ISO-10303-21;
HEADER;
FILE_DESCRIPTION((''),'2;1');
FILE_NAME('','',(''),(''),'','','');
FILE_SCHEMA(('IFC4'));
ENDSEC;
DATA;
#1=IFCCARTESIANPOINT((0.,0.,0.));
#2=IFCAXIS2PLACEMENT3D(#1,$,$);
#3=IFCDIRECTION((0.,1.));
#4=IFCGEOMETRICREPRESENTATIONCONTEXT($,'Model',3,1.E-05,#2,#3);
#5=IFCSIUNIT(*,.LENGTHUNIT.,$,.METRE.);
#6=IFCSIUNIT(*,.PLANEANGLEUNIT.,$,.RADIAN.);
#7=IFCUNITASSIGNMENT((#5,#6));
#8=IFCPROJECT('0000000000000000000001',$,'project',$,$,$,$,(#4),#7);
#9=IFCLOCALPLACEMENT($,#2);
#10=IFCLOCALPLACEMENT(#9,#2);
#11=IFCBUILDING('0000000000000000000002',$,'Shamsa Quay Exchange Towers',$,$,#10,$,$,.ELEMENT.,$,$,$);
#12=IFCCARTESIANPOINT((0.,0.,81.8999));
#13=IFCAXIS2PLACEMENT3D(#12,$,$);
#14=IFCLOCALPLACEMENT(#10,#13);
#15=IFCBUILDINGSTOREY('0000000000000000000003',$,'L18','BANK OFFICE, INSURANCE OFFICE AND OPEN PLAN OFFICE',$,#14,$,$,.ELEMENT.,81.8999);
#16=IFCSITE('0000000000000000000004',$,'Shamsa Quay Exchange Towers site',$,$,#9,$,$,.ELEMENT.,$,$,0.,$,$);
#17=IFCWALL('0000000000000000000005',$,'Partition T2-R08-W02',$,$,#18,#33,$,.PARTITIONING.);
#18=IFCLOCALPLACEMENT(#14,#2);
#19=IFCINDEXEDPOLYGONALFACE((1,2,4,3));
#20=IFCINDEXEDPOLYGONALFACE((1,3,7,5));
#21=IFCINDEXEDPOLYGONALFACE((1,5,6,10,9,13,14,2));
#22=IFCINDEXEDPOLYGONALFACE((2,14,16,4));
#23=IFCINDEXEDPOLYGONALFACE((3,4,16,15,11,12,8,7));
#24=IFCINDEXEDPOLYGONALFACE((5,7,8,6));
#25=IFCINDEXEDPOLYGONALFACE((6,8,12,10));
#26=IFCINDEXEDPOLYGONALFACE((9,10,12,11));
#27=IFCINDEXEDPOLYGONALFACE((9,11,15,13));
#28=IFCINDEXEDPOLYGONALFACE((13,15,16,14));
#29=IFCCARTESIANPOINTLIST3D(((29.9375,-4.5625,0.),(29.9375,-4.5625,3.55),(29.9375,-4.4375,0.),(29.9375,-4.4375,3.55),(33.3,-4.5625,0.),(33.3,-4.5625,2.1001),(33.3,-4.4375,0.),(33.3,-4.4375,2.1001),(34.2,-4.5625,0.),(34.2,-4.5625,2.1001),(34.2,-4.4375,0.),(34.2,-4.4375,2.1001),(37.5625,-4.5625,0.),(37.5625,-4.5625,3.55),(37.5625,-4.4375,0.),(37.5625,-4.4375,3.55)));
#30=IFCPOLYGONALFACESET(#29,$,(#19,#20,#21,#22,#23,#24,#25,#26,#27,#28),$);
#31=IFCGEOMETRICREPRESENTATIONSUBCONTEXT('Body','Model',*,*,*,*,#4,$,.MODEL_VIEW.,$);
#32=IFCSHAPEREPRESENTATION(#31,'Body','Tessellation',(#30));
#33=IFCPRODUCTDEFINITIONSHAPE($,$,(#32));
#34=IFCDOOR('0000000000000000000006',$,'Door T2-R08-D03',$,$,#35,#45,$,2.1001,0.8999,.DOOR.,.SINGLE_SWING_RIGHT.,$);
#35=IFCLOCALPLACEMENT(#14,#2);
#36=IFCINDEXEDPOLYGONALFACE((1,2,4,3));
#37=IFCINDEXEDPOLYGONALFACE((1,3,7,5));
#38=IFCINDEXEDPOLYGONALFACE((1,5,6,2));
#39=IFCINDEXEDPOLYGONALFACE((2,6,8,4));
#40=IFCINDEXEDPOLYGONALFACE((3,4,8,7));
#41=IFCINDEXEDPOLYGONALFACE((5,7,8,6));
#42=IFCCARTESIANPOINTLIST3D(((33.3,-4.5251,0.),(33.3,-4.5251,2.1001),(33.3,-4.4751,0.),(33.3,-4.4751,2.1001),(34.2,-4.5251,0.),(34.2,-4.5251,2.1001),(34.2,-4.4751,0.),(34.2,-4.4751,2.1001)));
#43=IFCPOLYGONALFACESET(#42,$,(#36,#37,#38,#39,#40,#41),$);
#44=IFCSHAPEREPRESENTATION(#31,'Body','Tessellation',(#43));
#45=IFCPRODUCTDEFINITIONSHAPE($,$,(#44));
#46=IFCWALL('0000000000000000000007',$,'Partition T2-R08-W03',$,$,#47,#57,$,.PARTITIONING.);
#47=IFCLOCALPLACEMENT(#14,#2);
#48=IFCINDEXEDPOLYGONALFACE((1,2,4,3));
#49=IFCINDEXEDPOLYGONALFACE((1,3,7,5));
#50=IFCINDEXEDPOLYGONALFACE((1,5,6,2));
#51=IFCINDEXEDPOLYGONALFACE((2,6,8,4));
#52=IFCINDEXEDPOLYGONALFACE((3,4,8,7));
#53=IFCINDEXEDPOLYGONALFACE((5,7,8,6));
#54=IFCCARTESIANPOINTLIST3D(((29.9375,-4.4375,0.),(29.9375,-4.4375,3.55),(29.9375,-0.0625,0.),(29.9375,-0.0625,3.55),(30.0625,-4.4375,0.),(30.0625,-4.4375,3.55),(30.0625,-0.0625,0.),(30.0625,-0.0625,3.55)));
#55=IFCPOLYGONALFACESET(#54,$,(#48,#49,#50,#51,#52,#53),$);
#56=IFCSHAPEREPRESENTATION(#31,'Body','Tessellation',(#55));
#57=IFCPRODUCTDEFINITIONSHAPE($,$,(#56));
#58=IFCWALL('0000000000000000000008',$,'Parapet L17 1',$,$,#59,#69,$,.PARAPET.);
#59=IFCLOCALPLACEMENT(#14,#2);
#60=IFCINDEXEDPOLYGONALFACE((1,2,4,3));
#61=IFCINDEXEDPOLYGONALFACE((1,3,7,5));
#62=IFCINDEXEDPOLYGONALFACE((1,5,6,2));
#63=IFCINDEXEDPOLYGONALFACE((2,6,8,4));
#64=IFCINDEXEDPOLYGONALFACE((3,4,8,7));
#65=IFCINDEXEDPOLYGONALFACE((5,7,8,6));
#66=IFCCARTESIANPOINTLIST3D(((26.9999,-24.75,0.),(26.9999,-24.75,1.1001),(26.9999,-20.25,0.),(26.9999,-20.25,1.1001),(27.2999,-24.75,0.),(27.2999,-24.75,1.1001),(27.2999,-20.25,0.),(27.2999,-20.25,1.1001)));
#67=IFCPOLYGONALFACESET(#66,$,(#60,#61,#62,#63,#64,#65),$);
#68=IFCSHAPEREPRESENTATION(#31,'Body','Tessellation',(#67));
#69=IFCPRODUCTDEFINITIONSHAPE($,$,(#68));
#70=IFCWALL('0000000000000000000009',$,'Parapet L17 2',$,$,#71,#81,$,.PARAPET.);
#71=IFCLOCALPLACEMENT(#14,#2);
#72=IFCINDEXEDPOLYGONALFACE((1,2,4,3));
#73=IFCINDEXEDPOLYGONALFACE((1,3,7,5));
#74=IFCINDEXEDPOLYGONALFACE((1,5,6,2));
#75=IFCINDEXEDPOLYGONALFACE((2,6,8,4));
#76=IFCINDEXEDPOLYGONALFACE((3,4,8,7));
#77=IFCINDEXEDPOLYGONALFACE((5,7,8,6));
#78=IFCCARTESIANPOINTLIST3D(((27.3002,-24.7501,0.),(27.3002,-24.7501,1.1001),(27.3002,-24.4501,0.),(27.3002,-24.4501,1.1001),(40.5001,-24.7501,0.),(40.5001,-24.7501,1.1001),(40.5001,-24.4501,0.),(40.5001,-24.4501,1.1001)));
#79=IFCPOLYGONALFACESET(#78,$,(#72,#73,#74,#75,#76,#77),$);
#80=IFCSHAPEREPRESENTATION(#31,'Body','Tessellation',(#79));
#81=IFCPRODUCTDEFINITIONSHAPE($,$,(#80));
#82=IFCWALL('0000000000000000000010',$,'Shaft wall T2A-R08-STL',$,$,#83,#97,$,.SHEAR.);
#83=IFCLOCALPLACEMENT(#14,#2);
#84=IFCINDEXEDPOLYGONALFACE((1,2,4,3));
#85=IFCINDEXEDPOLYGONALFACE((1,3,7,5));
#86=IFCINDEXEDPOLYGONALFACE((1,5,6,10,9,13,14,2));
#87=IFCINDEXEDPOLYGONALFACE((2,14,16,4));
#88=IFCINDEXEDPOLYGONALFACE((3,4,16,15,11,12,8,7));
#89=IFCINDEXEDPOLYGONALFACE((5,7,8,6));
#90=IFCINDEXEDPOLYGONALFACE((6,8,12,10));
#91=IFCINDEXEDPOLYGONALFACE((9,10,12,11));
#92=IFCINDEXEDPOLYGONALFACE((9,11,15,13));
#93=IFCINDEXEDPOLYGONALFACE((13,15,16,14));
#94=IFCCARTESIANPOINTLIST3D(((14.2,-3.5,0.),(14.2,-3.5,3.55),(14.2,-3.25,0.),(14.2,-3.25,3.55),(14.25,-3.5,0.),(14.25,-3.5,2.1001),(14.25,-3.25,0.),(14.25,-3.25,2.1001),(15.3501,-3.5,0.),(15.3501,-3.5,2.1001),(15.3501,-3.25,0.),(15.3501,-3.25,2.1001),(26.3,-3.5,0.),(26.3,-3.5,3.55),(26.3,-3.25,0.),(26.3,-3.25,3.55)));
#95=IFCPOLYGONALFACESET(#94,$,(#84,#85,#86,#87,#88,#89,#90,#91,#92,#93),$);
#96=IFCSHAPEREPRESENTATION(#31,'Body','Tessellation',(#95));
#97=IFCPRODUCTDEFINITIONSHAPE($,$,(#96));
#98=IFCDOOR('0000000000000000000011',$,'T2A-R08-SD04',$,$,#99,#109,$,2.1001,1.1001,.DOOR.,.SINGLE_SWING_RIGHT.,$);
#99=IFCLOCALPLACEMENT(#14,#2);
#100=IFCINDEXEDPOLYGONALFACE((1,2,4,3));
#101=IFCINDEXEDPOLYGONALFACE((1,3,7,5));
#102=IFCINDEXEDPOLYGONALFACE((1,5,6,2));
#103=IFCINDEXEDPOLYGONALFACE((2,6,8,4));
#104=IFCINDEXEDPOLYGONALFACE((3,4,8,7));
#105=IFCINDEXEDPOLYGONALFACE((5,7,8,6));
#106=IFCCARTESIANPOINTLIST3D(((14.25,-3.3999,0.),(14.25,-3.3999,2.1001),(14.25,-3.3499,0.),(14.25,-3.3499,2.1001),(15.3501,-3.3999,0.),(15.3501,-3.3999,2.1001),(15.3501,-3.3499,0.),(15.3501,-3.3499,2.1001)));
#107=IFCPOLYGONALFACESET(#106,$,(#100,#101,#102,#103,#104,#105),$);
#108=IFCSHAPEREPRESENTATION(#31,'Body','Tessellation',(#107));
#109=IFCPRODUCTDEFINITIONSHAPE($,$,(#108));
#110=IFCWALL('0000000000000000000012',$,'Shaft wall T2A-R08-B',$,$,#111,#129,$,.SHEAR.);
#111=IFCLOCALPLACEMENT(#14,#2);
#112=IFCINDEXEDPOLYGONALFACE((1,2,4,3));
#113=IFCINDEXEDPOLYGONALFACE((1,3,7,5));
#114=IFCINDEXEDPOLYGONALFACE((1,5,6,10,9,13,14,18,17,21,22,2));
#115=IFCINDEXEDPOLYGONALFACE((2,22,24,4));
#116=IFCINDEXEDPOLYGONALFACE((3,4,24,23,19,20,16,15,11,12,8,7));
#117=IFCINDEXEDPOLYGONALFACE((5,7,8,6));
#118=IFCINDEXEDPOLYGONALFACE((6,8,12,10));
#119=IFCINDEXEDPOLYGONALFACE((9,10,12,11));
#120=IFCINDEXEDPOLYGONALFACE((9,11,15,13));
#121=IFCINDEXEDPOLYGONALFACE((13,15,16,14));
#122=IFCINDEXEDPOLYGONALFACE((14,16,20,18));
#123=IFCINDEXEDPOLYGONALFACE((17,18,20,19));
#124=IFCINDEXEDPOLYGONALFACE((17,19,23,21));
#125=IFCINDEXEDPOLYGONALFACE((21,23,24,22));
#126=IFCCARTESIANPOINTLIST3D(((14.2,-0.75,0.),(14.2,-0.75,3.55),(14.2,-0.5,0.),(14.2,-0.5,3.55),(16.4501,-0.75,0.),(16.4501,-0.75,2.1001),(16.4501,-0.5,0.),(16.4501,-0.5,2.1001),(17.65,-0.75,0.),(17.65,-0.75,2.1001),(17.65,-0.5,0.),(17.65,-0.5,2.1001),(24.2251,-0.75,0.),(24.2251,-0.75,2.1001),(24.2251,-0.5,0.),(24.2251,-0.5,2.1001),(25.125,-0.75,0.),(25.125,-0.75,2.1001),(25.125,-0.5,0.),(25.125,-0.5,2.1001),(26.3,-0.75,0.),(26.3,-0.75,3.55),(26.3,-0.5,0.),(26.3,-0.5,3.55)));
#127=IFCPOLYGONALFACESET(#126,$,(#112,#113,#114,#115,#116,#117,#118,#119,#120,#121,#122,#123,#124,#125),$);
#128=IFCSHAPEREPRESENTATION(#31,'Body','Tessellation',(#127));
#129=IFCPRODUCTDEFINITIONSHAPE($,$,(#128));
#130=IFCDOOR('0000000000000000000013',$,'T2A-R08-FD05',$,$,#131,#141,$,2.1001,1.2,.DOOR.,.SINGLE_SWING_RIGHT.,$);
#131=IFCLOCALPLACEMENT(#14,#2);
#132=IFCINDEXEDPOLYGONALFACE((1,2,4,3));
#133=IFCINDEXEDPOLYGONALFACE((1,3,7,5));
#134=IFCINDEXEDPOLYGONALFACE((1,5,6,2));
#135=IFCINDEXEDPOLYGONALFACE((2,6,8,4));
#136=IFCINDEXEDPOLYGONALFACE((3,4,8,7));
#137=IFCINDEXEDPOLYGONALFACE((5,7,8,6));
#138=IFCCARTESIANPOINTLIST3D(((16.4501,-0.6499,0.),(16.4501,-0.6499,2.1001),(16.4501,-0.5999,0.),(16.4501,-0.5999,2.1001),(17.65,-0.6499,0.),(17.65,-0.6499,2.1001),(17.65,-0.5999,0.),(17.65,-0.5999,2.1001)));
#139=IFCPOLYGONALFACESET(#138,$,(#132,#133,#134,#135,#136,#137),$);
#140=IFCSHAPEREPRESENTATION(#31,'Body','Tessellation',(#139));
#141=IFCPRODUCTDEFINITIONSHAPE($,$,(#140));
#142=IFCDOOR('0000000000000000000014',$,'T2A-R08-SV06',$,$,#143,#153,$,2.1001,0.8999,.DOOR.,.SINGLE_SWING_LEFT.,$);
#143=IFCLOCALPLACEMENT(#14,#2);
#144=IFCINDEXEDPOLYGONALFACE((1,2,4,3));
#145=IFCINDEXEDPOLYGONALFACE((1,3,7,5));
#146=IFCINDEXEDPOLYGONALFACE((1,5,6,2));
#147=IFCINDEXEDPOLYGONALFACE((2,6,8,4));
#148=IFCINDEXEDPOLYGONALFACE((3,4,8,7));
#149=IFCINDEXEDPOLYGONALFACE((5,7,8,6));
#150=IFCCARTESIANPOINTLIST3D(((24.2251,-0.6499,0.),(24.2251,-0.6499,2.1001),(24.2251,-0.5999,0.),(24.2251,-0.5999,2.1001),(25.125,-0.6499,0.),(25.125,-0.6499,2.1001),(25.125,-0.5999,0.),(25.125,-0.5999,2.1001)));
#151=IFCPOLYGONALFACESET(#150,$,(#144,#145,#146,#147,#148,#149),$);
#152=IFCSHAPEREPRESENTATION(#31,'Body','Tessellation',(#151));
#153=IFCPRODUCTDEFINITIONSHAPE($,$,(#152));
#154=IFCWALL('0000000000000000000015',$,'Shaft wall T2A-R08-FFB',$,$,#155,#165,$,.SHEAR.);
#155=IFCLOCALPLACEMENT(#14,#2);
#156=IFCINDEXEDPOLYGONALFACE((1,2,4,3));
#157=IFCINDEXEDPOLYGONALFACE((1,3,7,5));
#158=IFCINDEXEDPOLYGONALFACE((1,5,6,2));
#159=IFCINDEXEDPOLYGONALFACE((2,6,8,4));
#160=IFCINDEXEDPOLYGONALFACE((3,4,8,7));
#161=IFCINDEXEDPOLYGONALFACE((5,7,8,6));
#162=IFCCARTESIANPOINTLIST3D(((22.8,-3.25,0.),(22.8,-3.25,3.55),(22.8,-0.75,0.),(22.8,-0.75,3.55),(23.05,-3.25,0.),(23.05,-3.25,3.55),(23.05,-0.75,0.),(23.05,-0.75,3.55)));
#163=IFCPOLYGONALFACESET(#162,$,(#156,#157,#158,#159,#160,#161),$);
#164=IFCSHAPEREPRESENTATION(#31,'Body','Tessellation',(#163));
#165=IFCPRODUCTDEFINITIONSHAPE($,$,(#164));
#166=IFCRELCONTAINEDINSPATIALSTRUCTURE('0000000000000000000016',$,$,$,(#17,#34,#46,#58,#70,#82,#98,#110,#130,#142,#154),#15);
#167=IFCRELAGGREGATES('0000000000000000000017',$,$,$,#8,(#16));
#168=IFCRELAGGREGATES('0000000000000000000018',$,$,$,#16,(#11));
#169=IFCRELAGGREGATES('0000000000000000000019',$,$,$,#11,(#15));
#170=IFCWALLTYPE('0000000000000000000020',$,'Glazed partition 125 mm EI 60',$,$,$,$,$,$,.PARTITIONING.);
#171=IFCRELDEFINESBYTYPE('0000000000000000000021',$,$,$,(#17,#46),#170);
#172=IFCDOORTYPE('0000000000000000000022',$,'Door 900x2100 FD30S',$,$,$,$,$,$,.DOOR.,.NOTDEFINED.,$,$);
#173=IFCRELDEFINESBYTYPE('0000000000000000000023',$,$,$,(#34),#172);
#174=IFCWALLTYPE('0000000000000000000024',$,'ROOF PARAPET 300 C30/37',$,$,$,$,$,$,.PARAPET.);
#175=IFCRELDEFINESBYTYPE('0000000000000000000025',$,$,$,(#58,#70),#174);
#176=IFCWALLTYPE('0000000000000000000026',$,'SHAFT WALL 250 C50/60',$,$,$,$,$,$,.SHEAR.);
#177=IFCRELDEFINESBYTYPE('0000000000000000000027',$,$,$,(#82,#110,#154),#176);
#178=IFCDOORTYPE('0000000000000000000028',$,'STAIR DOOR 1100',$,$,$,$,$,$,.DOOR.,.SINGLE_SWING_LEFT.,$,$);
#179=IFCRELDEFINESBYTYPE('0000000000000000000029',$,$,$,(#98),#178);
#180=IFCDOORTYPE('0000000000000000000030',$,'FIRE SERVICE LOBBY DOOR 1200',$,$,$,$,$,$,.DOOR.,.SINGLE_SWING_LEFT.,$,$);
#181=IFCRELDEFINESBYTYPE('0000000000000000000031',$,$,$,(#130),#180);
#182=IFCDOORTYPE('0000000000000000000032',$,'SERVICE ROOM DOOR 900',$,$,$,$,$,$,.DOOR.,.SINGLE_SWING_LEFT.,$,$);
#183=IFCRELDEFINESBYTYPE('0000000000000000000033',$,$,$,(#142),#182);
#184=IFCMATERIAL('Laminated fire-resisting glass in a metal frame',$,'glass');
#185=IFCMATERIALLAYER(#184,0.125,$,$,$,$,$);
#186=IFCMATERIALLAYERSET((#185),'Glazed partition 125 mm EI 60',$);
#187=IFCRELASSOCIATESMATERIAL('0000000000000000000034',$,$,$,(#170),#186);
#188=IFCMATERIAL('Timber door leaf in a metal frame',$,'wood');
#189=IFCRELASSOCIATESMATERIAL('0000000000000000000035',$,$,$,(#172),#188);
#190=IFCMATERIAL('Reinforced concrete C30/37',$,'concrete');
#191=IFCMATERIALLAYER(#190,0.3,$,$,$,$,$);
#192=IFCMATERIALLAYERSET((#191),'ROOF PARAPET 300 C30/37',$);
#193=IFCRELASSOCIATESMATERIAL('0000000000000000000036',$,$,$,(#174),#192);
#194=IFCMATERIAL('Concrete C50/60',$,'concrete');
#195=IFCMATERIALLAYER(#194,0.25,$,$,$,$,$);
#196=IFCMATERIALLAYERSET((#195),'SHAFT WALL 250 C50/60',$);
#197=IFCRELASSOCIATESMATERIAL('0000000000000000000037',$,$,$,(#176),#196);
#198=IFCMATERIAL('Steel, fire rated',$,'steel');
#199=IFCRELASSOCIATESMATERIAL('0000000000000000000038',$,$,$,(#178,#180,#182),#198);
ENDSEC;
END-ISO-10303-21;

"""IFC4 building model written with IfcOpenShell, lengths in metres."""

from ifc_helpers import new_model, si_unit, direction, frame, frame_2d, origin, place, context, subcontext, project, spatial, rectangle, extrude, material, layer, layer_set, type_object, element, fill, save


model = new_model("IFC4")

# Units and contexts
model_context = context("Model", 3, precision=1e-05, world=origin(), true_north=direction((0.0, 1.0)))
body_context = subcontext(model_context, "Body", "Model", "MODEL_VIEW")
ifc_project = project(units=[si_unit("LENGTHUNIT", "METRE"), si_unit("PLANEANGLEUNIT", "RADIAN")], contexts=[model_context])

# Site, building, storey
site_placement = place(None, origin())
site = spatial("IfcSite", under=ifc_project, at=site_placement, Name="Shamsa Quay Exchange Towers site", CompositionType="ELEMENT", RefElevation=0.0)
building_placement = place(site_placement, origin())
building = spatial("IfcBuilding", under=site, at=building_placement, Name="Shamsa Quay Exchange Towers", CompositionType="ELEMENT")
storey_placement = place(building_placement, frame((0.0, 0.0, 81.8999)))
storey = spatial("IfcBuildingStorey", under=building, at=storey_placement, Name="L18", Description="BANK OFFICE, INSURANCE OFFICE AND OPEN PLAN OFFICE", CompositionType="ELEMENT", Elevation=81.8999)

# Wall, opening, door
ifc_material_1 = material(Name="Laminated fire-resisting glass in a metal frame", Category="glass")
ifc_layer_1 = layer(ifc_material_1, 0.125)
ifc_layer_set_1 = layer_set([ifc_layer_1], Name="Glazed partition 125 mm EI 60")
wall_type_1 = type_object("IfcWallType", Name="Glazed partition 125 mm EI 60", PredefinedType="PARTITIONING", material=ifc_layer_set_1)
wall_1_placement = place(storey_placement, frame((29.9375, -4.5, 0.0)))
wall_1 = element("IfcWall", 1, at=wall_1_placement, inside=storey, type_object=wall_type_1, Name="Partition T2-R08-W02", PredefinedType="PARTITIONING", context=body_context, shape_type="SweptSolid", body=[
    extrude(rectangle(XDim=7.625, YDim=0.125, at=frame_2d((3.8125, 0.0))), origin(), (0.0, 0.0, 1.0), 3.55),
])
opening_1_placement = place(wall_1_placement, frame((3.3625, 0.0, 0.0)))
opening_1 = element("IfcOpeningElement", 2, at=opening_1_placement, cuts=wall_1, PredefinedType="OPENING", context=body_context, shape_type="SweptSolid", body=[
    extrude(rectangle(XDim=0.8999, YDim=2.1001, at=frame_2d((0.45, 1.05))), frame((0.0, 0.0725, 0.0), z_axis=(0.0, -1.0, 0.0), x_axis=(1.0, 0.0, 0.0)), (0.0, 0.0, 1.0), 0.145),
])
ifc_material_2 = material(Name="Timber door leaf in a metal frame", Category="wood")
door_type_1 = type_object("IfcDoorType", Name="Door 900x2100 FD30S", OperationType="NOTDEFINED", PredefinedType="DOOR", material=ifc_material_2)
door_1_placement = place(opening_1_placement, origin())
door_1 = element("IfcDoor", 3, at=door_1_placement, inside=storey, type_object=door_type_1, Name="Door T2-R08-D03", OperationType="SINGLE_SWING_RIGHT", OverallHeight=2.1001, OverallWidth=0.8999, PredefinedType="DOOR", context=body_context, shape_type="SweptSolid", body=[
    extrude(rectangle(XDim=0.8999, YDim=2.1001, at=frame_2d((0.45, 1.05))), frame((0.0, 0.0249, 0.0), z_axis=(0.0, -1.0, 0.0), x_axis=(1.0, 0.0, 0.0)), (0.0, 0.0, 1.0), 0.05),
])
fill(opening_1, door_1)

# Walls
wall_2_placement = place(storey_placement, frame((30.0, -0.0625, 0.0), z_axis=(0.0, 0.0, 1.0), x_axis=(0.0, -1.0, 0.0)))
element("IfcWall", 4, at=wall_2_placement, inside=storey, type_object=wall_type_1, Name="Partition T2-R08-W03", PredefinedType="PARTITIONING", context=body_context, shape_type="SweptSolid", body=[
    extrude(rectangle(XDim=4.375, YDim=0.125, at=frame_2d((2.1875, 0.0))), origin(), (0.0, 0.0, 1.0), 3.55),
])
ifc_material_3 = material(Name="Reinforced concrete C30/37", Category="concrete")
ifc_layer_2 = layer(ifc_material_3, 0.3)
ifc_layer_set_2 = layer_set([ifc_layer_2], Name="ROOF PARAPET 300 C30/37")
wall_type_2 = type_object("IfcWallType", Name="ROOF PARAPET 300 C30/37", PredefinedType="PARAPET", material=ifc_layer_set_2)
wall_3_placement = place(storey_placement, frame((27.1499, -20.25, 0.0), z_axis=(0.0, 0.0, 1.0), x_axis=(0.0, -1.0, 0.0)))
element("IfcWall", 5, at=wall_3_placement, inside=storey, type_object=wall_type_2, Name="Parapet L17 1", PredefinedType="PARAPET", context=body_context, shape_type="SweptSolid", body=[
    extrude(rectangle(XDim=4.5, YDim=0.3, at=frame_2d((2.25, 0.0))), origin(), (0.0, 0.0, 1.0), 1.1001),
])
wall_4_placement = place(storey_placement, frame((27.3, -24.6001, 0.0)))
element("IfcWall", 6, at=wall_4_placement, inside=storey, type_object=wall_type_2, Name="Parapet L17 2", PredefinedType="PARAPET", context=body_context, shape_type="SweptSolid", body=[
    extrude(rectangle(XDim=13.2, YDim=0.3, at=frame_2d((6.6001, 0.0))), origin(), (0.0, 0.0, 1.0), 1.1001),
])

# Wall, opening, door
ifc_material_4 = material(Name="Concrete C50/60", Category="concrete")
ifc_layer_3 = layer(ifc_material_4, 0.25)
ifc_layer_set_3 = layer_set([ifc_layer_3], Name="SHAFT WALL 250 C50/60")
wall_type_3 = type_object("IfcWallType", Name="SHAFT WALL 250 C50/60", PredefinedType="SHEAR", material=ifc_layer_set_3)
wall_5_placement = place(storey_placement, frame((26.3, -3.375, 0.0), z_axis=(0.0, 0.0, 1.0), x_axis=(-1.0, 0.0, 0.0)))
wall_5 = element("IfcWall", 7, at=wall_5_placement, inside=storey, type_object=wall_type_3, Name="Shaft wall T2A-R08-STL", PredefinedType="SHEAR", context=body_context, shape_type="SweptSolid", body=[
    extrude(rectangle(XDim=12.1001, YDim=0.25, at=frame_2d((6.05, 0.0))), origin(), (0.0, 0.0, 1.0), 3.55),
])
opening_2_placement = place(wall_5_placement, frame((10.95, 0.0, 0.0)))
opening_2 = element("IfcOpeningElement", 8, at=opening_2_placement, cuts=wall_5, PredefinedType="OPENING", context=body_context, shape_type="SweptSolid", body=[
    extrude(rectangle(XDim=1.1001, YDim=2.1001, at=frame_2d((0.55, 1.05))), frame((0.0, 0.135, 0.0), z_axis=(0.0, -1.0, 0.0), x_axis=(1.0, 0.0, 0.0)), (0.0, 0.0, 1.0), 0.27),
])
ifc_material_5 = material(Name="Steel, fire rated", Category="steel")
door_type_2 = type_object("IfcDoorType", Name="STAIR DOOR 1100", OperationType="SINGLE_SWING_LEFT", PredefinedType="DOOR", material=ifc_material_5)
door_2_placement = place(opening_2_placement, origin())
door_2 = element("IfcDoor", 9, at=door_2_placement, inside=storey, type_object=door_type_2, Name="T2A-R08-SD04", OperationType="SINGLE_SWING_RIGHT", OverallHeight=2.1001, OverallWidth=1.1001, PredefinedType="DOOR", context=body_context, shape_type="SweptSolid", body=[
    extrude(rectangle(XDim=1.1001, YDim=2.1001, at=frame_2d((0.55, 1.05))), frame((0.0, 0.0249, 0.0), z_axis=(0.0, -1.0, 0.0), x_axis=(1.0, 0.0, 0.0)), (0.0, 0.0, 1.0), 0.05),
])
fill(opening_2, door_2)

# Wall, openings, doors
wall_6_placement = place(storey_placement, frame((26.3, -0.625, 0.0), z_axis=(0.0, 0.0, 1.0), x_axis=(-1.0, 0.0, 0.0)))
wall_6 = element("IfcWall", 10, at=wall_6_placement, inside=storey, type_object=wall_type_3, Name="Shaft wall T2A-R08-B", PredefinedType="SHEAR", context=body_context, shape_type="SweptSolid", body=[
    extrude(rectangle(XDim=12.1001, YDim=0.25, at=frame_2d((6.05, 0.0))), origin(), (0.0, 0.0, 1.0), 3.55),
])
opening_3_placement = place(wall_6_placement, frame((8.6499, 0.0, 0.0)))
opening_3 = element("IfcOpeningElement", 11, at=opening_3_placement, cuts=wall_6, PredefinedType="OPENING", context=body_context, shape_type="SweptSolid", body=[
    extrude(rectangle(XDim=1.2, YDim=2.1001, at=frame_2d((0.6001, 1.05))), frame((0.0, 0.135, 0.0), z_axis=(0.0, -1.0, 0.0), x_axis=(1.0, 0.0, 0.0)), (0.0, 0.0, 1.0), 0.27),
])
opening_4_placement = place(wall_6_placement, frame((1.175, 0.0, 0.0)))
opening_4 = element("IfcOpeningElement", 12, at=opening_4_placement, cuts=wall_6, PredefinedType="OPENING", context=body_context, shape_type="SweptSolid", body=[
    extrude(rectangle(XDim=0.8999, YDim=2.1001, at=frame_2d((0.45, 1.05))), frame((0.0, 0.135, 0.0), z_axis=(0.0, -1.0, 0.0), x_axis=(1.0, 0.0, 0.0)), (0.0, 0.0, 1.0), 0.27),
])
door_type_3 = type_object("IfcDoorType", Name="FIRE SERVICE LOBBY DOOR 1200", OperationType="SINGLE_SWING_LEFT", PredefinedType="DOOR", material=ifc_material_5)
door_3_placement = place(opening_3_placement, origin())
door_3 = element("IfcDoor", 13, at=door_3_placement, inside=storey, type_object=door_type_3, Name="T2A-R08-FD05", OperationType="SINGLE_SWING_RIGHT", OverallHeight=2.1001, OverallWidth=1.2, PredefinedType="DOOR", context=body_context, shape_type="SweptSolid", body=[
    extrude(rectangle(XDim=1.2, YDim=2.1001, at=frame_2d((0.6001, 1.05))), frame((0.0, 0.0249, 0.0), z_axis=(0.0, -1.0, 0.0), x_axis=(1.0, 0.0, 0.0)), (0.0, 0.0, 1.0), 0.05),
])
fill(opening_3, door_3)
door_type_4 = type_object("IfcDoorType", Name="SERVICE ROOM DOOR 900", OperationType="SINGLE_SWING_LEFT", PredefinedType="DOOR", material=ifc_material_5)
door_4_placement = place(opening_4_placement, origin())
door_4 = element("IfcDoor", 14, at=door_4_placement, inside=storey, type_object=door_type_4, Name="T2A-R08-SV06", OperationType="SINGLE_SWING_LEFT", OverallHeight=2.1001, OverallWidth=0.8999, PredefinedType="DOOR", context=body_context, shape_type="SweptSolid", body=[
    extrude(rectangle(XDim=0.8999, YDim=2.1001, at=frame_2d((0.45, 1.05))), frame((0.0, 0.0249, 0.0), z_axis=(0.0, -1.0, 0.0), x_axis=(1.0, 0.0, 0.0)), (0.0, 0.0, 1.0), 0.05),
])
fill(opening_4, door_4)

# Wall
wall_7_placement = place(storey_placement, frame((22.925, -3.25, 0.0), z_axis=(0.0, 0.0, 1.0), x_axis=(0.0, 1.0, 0.0)))
element("IfcWall", 15, at=wall_7_placement, inside=storey, type_object=wall_type_3, Name="Shaft wall T2A-R08-FFB", PredefinedType="SHEAR", context=body_context, shape_type="SweptSolid", body=[
    extrude(rectangle(XDim=2.5, YDim=0.25, at=frame_2d((1.25, 0.0))), origin(), (0.0, 0.0, 1.0), 3.55),
])

save(model, "model.ifc")
